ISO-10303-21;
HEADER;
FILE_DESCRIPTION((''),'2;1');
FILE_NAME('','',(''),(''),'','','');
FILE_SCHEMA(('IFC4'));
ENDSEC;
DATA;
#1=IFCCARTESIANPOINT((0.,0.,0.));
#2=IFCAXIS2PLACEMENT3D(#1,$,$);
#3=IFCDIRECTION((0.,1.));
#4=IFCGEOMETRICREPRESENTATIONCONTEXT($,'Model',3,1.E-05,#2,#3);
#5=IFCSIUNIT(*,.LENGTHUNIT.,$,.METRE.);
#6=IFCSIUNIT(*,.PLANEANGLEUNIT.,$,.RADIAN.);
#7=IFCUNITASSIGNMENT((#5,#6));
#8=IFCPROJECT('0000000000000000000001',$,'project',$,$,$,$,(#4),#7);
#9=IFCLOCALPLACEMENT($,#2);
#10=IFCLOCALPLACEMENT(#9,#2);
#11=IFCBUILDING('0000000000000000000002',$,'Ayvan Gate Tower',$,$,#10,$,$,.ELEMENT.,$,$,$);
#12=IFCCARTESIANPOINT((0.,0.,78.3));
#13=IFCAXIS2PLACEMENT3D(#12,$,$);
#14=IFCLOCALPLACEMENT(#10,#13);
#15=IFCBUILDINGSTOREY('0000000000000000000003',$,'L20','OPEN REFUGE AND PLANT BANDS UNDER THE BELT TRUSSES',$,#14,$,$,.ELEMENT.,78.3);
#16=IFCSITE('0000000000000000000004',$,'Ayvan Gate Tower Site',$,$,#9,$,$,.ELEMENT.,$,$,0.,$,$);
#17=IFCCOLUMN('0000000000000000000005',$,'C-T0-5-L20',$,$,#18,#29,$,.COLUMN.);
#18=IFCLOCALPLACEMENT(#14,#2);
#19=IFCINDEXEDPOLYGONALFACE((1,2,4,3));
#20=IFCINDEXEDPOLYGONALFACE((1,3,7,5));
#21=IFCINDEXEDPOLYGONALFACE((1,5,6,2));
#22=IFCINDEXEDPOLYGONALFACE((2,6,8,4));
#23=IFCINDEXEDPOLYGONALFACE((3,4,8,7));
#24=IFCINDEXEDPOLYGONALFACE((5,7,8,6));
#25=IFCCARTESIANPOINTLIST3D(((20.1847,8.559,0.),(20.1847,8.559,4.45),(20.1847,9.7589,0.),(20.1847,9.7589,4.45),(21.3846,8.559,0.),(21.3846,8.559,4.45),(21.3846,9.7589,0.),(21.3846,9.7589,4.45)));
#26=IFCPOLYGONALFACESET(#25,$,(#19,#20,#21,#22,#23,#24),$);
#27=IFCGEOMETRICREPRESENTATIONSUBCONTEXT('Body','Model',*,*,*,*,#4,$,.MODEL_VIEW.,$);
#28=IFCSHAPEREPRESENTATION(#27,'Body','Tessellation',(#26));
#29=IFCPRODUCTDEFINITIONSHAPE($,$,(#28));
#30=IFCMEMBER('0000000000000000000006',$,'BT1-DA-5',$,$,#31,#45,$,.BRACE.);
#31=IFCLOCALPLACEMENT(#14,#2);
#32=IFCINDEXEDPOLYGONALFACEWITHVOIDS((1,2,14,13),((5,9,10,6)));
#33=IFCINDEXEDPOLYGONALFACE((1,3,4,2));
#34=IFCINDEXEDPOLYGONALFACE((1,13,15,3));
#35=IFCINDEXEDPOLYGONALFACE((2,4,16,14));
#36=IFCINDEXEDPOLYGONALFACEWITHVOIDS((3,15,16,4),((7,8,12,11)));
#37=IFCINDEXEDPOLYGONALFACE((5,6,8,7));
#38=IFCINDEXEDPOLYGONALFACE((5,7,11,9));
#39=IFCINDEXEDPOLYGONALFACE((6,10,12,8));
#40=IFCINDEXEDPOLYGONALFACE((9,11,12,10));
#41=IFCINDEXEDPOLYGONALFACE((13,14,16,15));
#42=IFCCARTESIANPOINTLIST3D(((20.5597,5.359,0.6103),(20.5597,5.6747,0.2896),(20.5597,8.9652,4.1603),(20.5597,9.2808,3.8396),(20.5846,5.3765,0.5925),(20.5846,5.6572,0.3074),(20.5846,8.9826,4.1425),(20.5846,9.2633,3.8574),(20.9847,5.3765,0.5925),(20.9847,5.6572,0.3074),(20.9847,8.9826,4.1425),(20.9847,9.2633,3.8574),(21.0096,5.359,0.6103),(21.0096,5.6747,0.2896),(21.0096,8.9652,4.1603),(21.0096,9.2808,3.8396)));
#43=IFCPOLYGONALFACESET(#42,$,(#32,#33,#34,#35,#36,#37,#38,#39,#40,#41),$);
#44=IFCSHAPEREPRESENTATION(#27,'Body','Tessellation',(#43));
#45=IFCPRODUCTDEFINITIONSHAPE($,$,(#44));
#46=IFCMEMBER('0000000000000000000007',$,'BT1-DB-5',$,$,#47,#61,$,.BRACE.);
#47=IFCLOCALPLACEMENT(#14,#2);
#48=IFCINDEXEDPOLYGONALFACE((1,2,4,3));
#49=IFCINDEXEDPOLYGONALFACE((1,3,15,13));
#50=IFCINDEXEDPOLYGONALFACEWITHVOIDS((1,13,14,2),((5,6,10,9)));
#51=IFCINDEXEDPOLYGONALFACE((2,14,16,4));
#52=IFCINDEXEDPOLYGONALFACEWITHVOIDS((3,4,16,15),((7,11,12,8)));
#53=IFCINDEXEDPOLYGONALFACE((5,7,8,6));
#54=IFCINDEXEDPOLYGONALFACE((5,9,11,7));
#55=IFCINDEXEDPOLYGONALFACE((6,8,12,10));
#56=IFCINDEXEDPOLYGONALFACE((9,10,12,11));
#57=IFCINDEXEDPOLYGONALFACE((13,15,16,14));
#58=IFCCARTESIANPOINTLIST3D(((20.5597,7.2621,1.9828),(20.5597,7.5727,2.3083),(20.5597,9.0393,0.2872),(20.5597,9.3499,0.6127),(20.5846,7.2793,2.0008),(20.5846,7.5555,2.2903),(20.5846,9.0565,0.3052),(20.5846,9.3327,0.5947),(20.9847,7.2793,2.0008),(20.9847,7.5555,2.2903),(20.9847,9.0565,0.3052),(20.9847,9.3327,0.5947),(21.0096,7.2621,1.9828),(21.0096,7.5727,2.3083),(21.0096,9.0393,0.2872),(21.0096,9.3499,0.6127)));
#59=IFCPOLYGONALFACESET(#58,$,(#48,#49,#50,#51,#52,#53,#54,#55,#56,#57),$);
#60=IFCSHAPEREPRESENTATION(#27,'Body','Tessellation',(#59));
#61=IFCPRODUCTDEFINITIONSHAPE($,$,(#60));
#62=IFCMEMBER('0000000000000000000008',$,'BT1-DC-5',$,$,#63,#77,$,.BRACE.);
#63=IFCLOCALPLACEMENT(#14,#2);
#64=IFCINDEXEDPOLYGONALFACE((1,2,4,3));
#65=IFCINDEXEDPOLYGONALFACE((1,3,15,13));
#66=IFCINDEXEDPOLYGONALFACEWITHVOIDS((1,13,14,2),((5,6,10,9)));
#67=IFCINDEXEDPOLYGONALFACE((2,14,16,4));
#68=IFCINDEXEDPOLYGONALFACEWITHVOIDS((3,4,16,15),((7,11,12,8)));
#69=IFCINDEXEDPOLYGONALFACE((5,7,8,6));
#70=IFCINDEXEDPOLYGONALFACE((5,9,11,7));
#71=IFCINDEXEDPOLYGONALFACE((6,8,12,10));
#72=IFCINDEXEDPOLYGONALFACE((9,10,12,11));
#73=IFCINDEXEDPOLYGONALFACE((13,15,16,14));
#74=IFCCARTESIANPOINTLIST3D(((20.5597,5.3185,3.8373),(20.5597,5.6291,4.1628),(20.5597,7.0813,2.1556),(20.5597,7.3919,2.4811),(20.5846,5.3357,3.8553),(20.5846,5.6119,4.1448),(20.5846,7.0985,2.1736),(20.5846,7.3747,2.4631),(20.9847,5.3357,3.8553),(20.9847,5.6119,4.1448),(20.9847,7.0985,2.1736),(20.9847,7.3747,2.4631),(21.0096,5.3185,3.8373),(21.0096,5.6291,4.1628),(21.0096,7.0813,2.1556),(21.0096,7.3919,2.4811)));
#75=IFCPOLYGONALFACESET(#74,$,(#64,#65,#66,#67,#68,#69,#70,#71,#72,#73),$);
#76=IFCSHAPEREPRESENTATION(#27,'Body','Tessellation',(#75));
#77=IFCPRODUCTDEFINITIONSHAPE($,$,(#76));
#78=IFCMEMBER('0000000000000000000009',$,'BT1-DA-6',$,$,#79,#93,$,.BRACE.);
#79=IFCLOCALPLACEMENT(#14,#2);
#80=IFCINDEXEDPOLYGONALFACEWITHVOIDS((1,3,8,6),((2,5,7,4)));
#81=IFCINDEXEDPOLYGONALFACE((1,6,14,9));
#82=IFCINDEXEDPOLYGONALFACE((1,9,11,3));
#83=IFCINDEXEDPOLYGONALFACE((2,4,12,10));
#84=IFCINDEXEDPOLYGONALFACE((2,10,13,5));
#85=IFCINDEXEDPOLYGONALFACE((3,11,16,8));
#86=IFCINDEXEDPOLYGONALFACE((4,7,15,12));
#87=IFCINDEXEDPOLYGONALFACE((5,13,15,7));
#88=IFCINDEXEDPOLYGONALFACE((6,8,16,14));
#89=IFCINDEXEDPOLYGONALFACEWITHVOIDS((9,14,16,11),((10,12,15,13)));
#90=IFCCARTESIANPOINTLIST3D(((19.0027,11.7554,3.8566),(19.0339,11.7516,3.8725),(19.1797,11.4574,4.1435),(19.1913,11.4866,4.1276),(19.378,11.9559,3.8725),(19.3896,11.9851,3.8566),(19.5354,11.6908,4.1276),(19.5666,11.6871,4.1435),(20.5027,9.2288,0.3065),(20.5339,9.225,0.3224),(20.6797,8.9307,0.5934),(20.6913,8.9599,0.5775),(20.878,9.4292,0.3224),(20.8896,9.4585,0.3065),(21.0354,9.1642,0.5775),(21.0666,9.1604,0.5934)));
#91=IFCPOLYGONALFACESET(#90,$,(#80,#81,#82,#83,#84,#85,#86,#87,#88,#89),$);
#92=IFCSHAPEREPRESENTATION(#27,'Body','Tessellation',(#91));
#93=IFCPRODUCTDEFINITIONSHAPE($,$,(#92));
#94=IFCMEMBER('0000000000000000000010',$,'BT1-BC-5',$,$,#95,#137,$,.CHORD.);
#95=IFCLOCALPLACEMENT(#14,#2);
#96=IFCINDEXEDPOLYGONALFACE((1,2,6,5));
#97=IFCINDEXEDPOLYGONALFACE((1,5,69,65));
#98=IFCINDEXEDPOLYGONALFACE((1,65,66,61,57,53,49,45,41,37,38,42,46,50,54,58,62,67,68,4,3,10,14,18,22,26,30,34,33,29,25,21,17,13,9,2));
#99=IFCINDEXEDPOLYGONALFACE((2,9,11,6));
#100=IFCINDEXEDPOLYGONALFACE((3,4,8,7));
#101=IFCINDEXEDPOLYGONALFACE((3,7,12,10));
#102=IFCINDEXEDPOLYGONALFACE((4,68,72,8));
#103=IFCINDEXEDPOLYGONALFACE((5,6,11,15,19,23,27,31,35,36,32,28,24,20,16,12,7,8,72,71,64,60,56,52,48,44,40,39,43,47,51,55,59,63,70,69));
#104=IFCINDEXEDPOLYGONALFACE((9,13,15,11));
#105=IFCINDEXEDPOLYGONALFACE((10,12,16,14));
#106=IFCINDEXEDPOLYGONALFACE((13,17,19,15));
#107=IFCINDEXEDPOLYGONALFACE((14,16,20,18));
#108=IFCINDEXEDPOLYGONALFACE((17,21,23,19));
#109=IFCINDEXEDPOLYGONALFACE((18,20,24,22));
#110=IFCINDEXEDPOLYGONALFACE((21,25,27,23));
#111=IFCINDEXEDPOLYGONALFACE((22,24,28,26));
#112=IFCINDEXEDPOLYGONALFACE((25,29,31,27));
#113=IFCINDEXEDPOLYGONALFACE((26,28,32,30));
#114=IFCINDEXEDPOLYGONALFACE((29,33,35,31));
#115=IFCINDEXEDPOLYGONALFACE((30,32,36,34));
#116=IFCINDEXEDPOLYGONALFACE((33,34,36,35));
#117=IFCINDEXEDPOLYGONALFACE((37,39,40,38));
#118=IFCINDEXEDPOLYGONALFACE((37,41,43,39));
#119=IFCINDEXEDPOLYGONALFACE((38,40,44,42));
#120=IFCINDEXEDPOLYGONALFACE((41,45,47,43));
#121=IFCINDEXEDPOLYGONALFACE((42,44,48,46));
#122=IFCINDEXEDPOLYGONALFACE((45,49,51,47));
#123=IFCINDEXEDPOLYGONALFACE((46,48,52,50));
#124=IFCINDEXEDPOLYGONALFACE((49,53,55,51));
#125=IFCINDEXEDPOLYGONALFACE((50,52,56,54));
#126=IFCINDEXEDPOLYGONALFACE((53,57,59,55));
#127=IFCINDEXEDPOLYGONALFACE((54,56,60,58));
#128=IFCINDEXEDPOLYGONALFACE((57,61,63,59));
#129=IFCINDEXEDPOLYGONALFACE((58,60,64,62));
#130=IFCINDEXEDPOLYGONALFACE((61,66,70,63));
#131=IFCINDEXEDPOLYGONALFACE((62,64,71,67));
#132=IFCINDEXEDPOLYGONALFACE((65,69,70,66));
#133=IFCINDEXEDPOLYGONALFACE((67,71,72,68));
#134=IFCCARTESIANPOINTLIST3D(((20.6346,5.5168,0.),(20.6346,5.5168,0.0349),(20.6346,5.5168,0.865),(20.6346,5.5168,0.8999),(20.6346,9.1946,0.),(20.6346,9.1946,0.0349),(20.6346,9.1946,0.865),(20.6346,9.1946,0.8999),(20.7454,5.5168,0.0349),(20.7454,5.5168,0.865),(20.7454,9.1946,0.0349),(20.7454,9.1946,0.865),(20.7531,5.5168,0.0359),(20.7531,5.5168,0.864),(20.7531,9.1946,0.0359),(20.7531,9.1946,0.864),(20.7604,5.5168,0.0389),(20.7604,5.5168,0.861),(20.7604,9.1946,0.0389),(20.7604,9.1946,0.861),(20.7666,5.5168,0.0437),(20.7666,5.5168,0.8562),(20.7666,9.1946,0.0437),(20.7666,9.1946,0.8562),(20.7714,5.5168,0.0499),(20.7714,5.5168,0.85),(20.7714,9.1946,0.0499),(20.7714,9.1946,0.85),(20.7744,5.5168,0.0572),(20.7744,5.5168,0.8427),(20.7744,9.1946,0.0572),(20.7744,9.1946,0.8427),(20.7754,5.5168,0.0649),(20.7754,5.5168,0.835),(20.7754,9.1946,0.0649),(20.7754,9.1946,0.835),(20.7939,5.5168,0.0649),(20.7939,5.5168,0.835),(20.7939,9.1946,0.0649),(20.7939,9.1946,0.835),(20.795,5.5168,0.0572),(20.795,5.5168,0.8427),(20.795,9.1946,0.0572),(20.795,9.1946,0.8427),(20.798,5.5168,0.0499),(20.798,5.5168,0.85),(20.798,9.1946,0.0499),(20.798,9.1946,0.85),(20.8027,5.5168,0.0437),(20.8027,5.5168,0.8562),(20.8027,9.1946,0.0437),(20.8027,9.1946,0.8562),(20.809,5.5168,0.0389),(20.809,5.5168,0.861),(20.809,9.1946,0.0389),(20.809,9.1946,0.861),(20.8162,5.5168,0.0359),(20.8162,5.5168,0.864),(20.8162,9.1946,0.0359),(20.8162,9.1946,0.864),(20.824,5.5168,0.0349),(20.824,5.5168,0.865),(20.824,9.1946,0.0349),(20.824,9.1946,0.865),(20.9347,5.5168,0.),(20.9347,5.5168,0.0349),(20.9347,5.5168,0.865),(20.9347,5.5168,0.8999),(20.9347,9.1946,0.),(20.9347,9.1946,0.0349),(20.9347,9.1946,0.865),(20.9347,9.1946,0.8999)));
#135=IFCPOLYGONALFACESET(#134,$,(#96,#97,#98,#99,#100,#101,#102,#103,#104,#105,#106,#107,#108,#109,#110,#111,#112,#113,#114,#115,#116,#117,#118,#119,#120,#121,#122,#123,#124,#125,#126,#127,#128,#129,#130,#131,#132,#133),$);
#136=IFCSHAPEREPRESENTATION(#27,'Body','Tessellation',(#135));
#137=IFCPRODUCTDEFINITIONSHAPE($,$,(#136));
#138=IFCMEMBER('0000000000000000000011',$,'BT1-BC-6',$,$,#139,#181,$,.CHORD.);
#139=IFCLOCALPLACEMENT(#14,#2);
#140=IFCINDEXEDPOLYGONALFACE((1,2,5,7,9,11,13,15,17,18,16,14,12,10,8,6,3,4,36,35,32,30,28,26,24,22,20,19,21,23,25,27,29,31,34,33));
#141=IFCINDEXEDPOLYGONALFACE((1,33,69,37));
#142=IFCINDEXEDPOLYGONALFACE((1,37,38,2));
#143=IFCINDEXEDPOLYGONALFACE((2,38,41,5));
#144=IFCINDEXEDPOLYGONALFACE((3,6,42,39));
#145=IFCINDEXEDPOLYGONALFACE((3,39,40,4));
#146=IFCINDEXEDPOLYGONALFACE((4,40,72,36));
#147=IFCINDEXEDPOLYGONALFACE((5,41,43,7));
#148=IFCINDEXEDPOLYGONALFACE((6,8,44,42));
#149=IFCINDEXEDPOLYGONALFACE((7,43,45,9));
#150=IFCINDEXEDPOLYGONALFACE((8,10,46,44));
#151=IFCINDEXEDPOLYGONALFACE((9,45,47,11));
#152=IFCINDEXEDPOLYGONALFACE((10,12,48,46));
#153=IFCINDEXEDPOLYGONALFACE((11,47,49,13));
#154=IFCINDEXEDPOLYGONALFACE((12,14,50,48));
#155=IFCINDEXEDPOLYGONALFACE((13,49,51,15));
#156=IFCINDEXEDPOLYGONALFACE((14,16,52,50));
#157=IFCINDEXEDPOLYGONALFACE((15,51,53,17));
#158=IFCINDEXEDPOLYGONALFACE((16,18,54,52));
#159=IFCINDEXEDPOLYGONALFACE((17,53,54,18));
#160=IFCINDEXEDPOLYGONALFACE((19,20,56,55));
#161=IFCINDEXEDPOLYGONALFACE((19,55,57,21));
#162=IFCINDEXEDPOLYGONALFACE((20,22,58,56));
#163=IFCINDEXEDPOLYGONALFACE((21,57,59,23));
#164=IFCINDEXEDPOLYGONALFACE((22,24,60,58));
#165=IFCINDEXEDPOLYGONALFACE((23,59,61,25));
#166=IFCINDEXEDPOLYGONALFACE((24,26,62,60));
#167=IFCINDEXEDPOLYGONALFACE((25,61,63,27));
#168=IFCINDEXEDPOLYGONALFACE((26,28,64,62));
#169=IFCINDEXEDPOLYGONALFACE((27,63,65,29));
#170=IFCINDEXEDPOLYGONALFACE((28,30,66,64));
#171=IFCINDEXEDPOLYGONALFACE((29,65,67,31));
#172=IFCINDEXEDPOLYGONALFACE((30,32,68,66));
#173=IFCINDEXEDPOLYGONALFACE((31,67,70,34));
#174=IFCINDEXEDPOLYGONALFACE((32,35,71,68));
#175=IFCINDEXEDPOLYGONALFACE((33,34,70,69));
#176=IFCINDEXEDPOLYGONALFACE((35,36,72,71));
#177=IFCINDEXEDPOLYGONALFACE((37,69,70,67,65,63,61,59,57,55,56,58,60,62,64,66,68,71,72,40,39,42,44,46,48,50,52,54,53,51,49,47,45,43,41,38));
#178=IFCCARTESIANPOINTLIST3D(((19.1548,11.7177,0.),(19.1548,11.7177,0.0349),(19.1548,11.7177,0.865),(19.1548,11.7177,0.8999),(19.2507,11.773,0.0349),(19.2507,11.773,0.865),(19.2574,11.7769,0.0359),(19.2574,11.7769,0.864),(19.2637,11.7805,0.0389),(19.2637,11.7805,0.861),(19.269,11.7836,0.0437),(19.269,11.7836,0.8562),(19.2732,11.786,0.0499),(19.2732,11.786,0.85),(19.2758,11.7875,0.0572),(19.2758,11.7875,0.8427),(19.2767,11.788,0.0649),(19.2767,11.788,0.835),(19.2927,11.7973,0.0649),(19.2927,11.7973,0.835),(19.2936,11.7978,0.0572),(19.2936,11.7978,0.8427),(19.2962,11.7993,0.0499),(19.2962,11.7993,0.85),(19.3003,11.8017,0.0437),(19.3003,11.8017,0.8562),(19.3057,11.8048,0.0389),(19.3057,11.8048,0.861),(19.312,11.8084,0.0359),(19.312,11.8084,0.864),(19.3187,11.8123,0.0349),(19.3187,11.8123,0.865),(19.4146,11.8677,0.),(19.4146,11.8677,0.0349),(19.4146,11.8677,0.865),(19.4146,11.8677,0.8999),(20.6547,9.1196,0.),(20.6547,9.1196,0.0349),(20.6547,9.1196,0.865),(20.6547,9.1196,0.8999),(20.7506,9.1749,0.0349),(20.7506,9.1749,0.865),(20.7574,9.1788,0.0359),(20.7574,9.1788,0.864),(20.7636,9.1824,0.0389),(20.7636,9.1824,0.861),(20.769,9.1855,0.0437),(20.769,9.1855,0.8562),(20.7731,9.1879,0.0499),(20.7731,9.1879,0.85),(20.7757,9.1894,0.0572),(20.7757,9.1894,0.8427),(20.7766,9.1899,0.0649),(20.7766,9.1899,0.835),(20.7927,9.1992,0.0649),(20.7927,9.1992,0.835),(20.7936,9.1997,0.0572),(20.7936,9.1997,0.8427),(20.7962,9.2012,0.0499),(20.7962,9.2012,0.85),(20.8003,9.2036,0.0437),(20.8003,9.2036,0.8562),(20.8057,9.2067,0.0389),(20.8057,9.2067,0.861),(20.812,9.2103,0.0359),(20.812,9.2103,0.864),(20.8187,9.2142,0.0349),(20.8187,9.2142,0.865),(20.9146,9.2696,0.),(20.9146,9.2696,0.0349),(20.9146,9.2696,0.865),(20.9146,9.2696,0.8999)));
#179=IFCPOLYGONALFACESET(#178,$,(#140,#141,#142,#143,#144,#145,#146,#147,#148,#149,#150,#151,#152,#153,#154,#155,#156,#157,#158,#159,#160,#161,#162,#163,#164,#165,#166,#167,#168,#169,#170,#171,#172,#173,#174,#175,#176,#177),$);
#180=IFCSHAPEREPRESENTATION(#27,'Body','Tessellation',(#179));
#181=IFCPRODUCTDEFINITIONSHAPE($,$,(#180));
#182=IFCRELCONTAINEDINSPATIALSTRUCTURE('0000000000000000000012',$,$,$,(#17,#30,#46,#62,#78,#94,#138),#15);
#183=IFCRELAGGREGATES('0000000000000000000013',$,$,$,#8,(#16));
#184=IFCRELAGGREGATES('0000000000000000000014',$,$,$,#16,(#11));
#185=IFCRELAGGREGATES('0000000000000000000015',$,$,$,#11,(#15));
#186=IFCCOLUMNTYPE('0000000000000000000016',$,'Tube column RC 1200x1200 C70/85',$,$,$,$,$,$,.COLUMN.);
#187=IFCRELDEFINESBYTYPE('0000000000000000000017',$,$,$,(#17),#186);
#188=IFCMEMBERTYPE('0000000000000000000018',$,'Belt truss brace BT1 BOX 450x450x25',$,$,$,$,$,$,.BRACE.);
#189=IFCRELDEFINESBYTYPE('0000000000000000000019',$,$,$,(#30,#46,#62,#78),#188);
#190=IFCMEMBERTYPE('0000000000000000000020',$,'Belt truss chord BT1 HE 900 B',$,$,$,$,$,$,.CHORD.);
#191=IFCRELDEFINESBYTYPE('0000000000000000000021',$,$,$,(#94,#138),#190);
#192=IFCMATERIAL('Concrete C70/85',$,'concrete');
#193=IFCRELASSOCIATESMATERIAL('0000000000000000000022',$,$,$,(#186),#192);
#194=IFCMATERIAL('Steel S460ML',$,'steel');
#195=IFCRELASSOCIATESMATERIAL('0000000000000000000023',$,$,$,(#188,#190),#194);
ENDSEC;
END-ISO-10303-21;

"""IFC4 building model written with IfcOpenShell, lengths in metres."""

from ifc_helpers import new_model, si_unit, direction, frame, origin, origin_2d, place, context, subcontext, project, spatial, rectangle, hollow_rectangle, i_section, extrude, material, material_profile, profile_set, type_object, element, save


model = new_model("IFC4")

# Units and contexts
model_context = context("Model", 3, precision=1e-05, world=origin(), true_north=direction((0.0, 1.0)))
body_context = subcontext(model_context, "Body", "Model", "MODEL_VIEW")
ifc_project = project(units=[si_unit("LENGTHUNIT", "METRE"), si_unit("PLANEANGLEUNIT", "RADIAN")], contexts=[model_context])

# Site, building, storey
site_placement = place(None, origin())
site = spatial("IfcSite", under=ifc_project, at=site_placement, Name="Ayvan Gate Tower Site", CompositionType="ELEMENT", RefElevation=0.0)
building_placement = place(site_placement, origin())
building = spatial("IfcBuilding", under=site, at=building_placement, Name="Ayvan Gate Tower", CompositionType="ELEMENT")
storey_placement = place(building_placement, frame((0.0, 0.0, 78.3)))
storey = spatial("IfcBuildingStorey", under=building, at=storey_placement, Name="L20", Description="OPEN REFUGE AND PLANT BANDS UNDER THE BELT TRUSSES", CompositionType="ELEMENT", Elevation=78.3)

# Column
ifc_material_1 = material(Name="Concrete C70/85", Category="concrete")
ifc_material_profile_1 = material_profile(ifc_material_1, rectangle(XDim=1.2, YDim=1.2, at=origin_2d()), Name="RC 1200x1200")
ifc_profile_set_1 = profile_set([ifc_material_profile_1], Name="Concrete C70/85")
column_type = type_object("IfcColumnType", Name="Tube column RC 1200x1200 C70/85", PredefinedType="COLUMN", material=ifc_profile_set_1)
column_placement = place(storey_placement, frame((20.7847, 9.1589, 0.0), z_axis=(0.0, 0.0, 1.0), x_axis=(1.0, 0.0, 0.0)))
element("IfcColumn", 1, at=column_placement, inside=storey, type_object=column_type, Name="C-T0-5-L20", PredefinedType="COLUMN", context=body_context, shape_type="SweptSolid", body=[
    extrude(rectangle(XDim=1.2, YDim=1.2, at=origin_2d()), origin(), (0.0, 0.0, 1.0), 4.45),
])

# Members
ifc_material_2 = material(Name="Steel S460ML", Category="steel")
ifc_material_profile_2 = material_profile(ifc_material_2, hollow_rectangle(XDim=0.45, YDim=0.45, WallThickness=0.0249, at=origin_2d()), Name="BOX 450x450x25")
ifc_profile_set_2 = profile_set([ifc_material_profile_2], Name="Steel S460ML")
member_type_1 = type_object("IfcMemberType", Name="Belt truss brace BT1 BOX 450x450x25", PredefinedType="BRACE", material=ifc_profile_set_2)
member_1_placement = place(storey_placement, frame((20.7847, 5.5168, 0.45), z_axis=(0.0, 0.712633, 0.701537), x_axis=(-1.0, 0.0, 0.0)))
element("IfcMember", 2, at=member_1_placement, inside=storey, type_object=member_type_1, Name="BT1-DA-5", PredefinedType="BRACE", context=body_context, shape_type="SweptSolid", body=[
    extrude(hollow_rectangle(XDim=0.45, YDim=0.45, WallThickness=0.0249, at=origin_2d()), origin(), (0.0, 0.0, 1.0), 5.0603),
])
member_2_placement = place(storey_placement, frame((20.7847, 9.1946, 0.45), z_axis=(0.0, -0.723511, 0.690313), x_axis=(1.0, 0.0, 0.0)))
element("IfcMember", 3, at=member_2_placement, inside=storey, type_object=member_type_1, Name="BT1-DB-5", PredefinedType="BRACE", context=body_context, shape_type="SweptSolid", body=[
    extrude(hollow_rectangle(XDim=0.45, YDim=0.45, WallThickness=0.0249, at=origin_2d()), origin(), (0.0, 0.0, 1.0), 2.4563),
])
member_3_placement = place(storey_placement, frame((20.7847, 7.2366, 2.3184), z_axis=(0.0, -0.723547, 0.690276), x_axis=(1.0, 0.0, 0.0)))
element("IfcMember", 4, at=member_3_placement, inside=storey, type_object=member_type_1, Name="BT1-DC-5", PredefinedType="BRACE", context=body_context, shape_type="SweptSolid", body=[
    extrude(hollow_rectangle(XDim=0.45, YDim=0.45, WallThickness=0.0249, at=origin_2d()), origin(), (0.0, 0.0, 1.0), 2.4363),
])
member_4_placement = place(storey_placement, frame((20.7847, 9.1946, 0.45), z_axis=(-0.325498, 0.548272, 0.770356), x_axis=(-0.859881, -0.510495, 0.0)))
element("IfcMember", 5, at=member_4_placement, inside=storey, type_object=member_type_1, Name="BT1-DA-6", PredefinedType="BRACE", context=body_context, shape_type="SweptSolid", body=[
    extrude(hollow_rectangle(XDim=0.45, YDim=0.45, WallThickness=0.0249, at=origin_2d()), origin(), (0.0, 0.0, 1.0), 4.6084),
])
ifc_material_profile_3 = material_profile(ifc_material_2, i_section(OverallWidth=0.3, OverallDepth=0.8999, WebThickness=0.0186, FlangeThickness=0.0349, FilletRadius=0.03, at=origin_2d()), Name="HE 900 B")
ifc_profile_set_3 = profile_set([ifc_material_profile_3], Name="Steel S460ML")
member_type_2 = type_object("IfcMemberType", Name="Belt truss chord BT1 HE 900 B", PredefinedType="CHORD", material=ifc_profile_set_3)
member_5_placement = place(storey_placement, frame((20.7847, 5.5168, 0.45), z_axis=(0.0, 1.0, 0.0), x_axis=(-1.0, 0.0, 0.0)))
element("IfcMember", 6, at=member_5_placement, inside=storey, type_object=member_type_2, Name="BT1-BC-5", PredefinedType="CHORD", context=body_context, shape_type="SweptSolid", body=[
    extrude(i_section(OverallWidth=0.3, OverallDepth=0.8999, WebThickness=0.0186, FlangeThickness=0.0349, FilletRadius=0.03, at=origin_2d()), origin(), (0.0, 0.0, 1.0), 3.6777),
])
for number, where, z_axis, x_axis, name in (
    (7, (20.7847, 9.1946, 0.45), (-0.49999, 0.866031, 0.0), (-0.866031, -0.49999, 0.0), "BT1-BC-6"),
):
    element("IfcMember", number, at=place(storey_placement, frame(where, z_axis=z_axis, x_axis=x_axis)), inside=storey, type_object=member_type_2, Name=name, PredefinedType="CHORD", context=body_context, shape_type="SweptSolid", body=[
        extrude(i_section(OverallWidth=0.3, OverallDepth=0.8999, WebThickness=0.0186, FlangeThickness=0.0349, FilletRadius=0.03, at=origin_2d()), origin(), (0.0, 0.0, 1.0), 3.0),
    ])

save(model, "model.ifc")
